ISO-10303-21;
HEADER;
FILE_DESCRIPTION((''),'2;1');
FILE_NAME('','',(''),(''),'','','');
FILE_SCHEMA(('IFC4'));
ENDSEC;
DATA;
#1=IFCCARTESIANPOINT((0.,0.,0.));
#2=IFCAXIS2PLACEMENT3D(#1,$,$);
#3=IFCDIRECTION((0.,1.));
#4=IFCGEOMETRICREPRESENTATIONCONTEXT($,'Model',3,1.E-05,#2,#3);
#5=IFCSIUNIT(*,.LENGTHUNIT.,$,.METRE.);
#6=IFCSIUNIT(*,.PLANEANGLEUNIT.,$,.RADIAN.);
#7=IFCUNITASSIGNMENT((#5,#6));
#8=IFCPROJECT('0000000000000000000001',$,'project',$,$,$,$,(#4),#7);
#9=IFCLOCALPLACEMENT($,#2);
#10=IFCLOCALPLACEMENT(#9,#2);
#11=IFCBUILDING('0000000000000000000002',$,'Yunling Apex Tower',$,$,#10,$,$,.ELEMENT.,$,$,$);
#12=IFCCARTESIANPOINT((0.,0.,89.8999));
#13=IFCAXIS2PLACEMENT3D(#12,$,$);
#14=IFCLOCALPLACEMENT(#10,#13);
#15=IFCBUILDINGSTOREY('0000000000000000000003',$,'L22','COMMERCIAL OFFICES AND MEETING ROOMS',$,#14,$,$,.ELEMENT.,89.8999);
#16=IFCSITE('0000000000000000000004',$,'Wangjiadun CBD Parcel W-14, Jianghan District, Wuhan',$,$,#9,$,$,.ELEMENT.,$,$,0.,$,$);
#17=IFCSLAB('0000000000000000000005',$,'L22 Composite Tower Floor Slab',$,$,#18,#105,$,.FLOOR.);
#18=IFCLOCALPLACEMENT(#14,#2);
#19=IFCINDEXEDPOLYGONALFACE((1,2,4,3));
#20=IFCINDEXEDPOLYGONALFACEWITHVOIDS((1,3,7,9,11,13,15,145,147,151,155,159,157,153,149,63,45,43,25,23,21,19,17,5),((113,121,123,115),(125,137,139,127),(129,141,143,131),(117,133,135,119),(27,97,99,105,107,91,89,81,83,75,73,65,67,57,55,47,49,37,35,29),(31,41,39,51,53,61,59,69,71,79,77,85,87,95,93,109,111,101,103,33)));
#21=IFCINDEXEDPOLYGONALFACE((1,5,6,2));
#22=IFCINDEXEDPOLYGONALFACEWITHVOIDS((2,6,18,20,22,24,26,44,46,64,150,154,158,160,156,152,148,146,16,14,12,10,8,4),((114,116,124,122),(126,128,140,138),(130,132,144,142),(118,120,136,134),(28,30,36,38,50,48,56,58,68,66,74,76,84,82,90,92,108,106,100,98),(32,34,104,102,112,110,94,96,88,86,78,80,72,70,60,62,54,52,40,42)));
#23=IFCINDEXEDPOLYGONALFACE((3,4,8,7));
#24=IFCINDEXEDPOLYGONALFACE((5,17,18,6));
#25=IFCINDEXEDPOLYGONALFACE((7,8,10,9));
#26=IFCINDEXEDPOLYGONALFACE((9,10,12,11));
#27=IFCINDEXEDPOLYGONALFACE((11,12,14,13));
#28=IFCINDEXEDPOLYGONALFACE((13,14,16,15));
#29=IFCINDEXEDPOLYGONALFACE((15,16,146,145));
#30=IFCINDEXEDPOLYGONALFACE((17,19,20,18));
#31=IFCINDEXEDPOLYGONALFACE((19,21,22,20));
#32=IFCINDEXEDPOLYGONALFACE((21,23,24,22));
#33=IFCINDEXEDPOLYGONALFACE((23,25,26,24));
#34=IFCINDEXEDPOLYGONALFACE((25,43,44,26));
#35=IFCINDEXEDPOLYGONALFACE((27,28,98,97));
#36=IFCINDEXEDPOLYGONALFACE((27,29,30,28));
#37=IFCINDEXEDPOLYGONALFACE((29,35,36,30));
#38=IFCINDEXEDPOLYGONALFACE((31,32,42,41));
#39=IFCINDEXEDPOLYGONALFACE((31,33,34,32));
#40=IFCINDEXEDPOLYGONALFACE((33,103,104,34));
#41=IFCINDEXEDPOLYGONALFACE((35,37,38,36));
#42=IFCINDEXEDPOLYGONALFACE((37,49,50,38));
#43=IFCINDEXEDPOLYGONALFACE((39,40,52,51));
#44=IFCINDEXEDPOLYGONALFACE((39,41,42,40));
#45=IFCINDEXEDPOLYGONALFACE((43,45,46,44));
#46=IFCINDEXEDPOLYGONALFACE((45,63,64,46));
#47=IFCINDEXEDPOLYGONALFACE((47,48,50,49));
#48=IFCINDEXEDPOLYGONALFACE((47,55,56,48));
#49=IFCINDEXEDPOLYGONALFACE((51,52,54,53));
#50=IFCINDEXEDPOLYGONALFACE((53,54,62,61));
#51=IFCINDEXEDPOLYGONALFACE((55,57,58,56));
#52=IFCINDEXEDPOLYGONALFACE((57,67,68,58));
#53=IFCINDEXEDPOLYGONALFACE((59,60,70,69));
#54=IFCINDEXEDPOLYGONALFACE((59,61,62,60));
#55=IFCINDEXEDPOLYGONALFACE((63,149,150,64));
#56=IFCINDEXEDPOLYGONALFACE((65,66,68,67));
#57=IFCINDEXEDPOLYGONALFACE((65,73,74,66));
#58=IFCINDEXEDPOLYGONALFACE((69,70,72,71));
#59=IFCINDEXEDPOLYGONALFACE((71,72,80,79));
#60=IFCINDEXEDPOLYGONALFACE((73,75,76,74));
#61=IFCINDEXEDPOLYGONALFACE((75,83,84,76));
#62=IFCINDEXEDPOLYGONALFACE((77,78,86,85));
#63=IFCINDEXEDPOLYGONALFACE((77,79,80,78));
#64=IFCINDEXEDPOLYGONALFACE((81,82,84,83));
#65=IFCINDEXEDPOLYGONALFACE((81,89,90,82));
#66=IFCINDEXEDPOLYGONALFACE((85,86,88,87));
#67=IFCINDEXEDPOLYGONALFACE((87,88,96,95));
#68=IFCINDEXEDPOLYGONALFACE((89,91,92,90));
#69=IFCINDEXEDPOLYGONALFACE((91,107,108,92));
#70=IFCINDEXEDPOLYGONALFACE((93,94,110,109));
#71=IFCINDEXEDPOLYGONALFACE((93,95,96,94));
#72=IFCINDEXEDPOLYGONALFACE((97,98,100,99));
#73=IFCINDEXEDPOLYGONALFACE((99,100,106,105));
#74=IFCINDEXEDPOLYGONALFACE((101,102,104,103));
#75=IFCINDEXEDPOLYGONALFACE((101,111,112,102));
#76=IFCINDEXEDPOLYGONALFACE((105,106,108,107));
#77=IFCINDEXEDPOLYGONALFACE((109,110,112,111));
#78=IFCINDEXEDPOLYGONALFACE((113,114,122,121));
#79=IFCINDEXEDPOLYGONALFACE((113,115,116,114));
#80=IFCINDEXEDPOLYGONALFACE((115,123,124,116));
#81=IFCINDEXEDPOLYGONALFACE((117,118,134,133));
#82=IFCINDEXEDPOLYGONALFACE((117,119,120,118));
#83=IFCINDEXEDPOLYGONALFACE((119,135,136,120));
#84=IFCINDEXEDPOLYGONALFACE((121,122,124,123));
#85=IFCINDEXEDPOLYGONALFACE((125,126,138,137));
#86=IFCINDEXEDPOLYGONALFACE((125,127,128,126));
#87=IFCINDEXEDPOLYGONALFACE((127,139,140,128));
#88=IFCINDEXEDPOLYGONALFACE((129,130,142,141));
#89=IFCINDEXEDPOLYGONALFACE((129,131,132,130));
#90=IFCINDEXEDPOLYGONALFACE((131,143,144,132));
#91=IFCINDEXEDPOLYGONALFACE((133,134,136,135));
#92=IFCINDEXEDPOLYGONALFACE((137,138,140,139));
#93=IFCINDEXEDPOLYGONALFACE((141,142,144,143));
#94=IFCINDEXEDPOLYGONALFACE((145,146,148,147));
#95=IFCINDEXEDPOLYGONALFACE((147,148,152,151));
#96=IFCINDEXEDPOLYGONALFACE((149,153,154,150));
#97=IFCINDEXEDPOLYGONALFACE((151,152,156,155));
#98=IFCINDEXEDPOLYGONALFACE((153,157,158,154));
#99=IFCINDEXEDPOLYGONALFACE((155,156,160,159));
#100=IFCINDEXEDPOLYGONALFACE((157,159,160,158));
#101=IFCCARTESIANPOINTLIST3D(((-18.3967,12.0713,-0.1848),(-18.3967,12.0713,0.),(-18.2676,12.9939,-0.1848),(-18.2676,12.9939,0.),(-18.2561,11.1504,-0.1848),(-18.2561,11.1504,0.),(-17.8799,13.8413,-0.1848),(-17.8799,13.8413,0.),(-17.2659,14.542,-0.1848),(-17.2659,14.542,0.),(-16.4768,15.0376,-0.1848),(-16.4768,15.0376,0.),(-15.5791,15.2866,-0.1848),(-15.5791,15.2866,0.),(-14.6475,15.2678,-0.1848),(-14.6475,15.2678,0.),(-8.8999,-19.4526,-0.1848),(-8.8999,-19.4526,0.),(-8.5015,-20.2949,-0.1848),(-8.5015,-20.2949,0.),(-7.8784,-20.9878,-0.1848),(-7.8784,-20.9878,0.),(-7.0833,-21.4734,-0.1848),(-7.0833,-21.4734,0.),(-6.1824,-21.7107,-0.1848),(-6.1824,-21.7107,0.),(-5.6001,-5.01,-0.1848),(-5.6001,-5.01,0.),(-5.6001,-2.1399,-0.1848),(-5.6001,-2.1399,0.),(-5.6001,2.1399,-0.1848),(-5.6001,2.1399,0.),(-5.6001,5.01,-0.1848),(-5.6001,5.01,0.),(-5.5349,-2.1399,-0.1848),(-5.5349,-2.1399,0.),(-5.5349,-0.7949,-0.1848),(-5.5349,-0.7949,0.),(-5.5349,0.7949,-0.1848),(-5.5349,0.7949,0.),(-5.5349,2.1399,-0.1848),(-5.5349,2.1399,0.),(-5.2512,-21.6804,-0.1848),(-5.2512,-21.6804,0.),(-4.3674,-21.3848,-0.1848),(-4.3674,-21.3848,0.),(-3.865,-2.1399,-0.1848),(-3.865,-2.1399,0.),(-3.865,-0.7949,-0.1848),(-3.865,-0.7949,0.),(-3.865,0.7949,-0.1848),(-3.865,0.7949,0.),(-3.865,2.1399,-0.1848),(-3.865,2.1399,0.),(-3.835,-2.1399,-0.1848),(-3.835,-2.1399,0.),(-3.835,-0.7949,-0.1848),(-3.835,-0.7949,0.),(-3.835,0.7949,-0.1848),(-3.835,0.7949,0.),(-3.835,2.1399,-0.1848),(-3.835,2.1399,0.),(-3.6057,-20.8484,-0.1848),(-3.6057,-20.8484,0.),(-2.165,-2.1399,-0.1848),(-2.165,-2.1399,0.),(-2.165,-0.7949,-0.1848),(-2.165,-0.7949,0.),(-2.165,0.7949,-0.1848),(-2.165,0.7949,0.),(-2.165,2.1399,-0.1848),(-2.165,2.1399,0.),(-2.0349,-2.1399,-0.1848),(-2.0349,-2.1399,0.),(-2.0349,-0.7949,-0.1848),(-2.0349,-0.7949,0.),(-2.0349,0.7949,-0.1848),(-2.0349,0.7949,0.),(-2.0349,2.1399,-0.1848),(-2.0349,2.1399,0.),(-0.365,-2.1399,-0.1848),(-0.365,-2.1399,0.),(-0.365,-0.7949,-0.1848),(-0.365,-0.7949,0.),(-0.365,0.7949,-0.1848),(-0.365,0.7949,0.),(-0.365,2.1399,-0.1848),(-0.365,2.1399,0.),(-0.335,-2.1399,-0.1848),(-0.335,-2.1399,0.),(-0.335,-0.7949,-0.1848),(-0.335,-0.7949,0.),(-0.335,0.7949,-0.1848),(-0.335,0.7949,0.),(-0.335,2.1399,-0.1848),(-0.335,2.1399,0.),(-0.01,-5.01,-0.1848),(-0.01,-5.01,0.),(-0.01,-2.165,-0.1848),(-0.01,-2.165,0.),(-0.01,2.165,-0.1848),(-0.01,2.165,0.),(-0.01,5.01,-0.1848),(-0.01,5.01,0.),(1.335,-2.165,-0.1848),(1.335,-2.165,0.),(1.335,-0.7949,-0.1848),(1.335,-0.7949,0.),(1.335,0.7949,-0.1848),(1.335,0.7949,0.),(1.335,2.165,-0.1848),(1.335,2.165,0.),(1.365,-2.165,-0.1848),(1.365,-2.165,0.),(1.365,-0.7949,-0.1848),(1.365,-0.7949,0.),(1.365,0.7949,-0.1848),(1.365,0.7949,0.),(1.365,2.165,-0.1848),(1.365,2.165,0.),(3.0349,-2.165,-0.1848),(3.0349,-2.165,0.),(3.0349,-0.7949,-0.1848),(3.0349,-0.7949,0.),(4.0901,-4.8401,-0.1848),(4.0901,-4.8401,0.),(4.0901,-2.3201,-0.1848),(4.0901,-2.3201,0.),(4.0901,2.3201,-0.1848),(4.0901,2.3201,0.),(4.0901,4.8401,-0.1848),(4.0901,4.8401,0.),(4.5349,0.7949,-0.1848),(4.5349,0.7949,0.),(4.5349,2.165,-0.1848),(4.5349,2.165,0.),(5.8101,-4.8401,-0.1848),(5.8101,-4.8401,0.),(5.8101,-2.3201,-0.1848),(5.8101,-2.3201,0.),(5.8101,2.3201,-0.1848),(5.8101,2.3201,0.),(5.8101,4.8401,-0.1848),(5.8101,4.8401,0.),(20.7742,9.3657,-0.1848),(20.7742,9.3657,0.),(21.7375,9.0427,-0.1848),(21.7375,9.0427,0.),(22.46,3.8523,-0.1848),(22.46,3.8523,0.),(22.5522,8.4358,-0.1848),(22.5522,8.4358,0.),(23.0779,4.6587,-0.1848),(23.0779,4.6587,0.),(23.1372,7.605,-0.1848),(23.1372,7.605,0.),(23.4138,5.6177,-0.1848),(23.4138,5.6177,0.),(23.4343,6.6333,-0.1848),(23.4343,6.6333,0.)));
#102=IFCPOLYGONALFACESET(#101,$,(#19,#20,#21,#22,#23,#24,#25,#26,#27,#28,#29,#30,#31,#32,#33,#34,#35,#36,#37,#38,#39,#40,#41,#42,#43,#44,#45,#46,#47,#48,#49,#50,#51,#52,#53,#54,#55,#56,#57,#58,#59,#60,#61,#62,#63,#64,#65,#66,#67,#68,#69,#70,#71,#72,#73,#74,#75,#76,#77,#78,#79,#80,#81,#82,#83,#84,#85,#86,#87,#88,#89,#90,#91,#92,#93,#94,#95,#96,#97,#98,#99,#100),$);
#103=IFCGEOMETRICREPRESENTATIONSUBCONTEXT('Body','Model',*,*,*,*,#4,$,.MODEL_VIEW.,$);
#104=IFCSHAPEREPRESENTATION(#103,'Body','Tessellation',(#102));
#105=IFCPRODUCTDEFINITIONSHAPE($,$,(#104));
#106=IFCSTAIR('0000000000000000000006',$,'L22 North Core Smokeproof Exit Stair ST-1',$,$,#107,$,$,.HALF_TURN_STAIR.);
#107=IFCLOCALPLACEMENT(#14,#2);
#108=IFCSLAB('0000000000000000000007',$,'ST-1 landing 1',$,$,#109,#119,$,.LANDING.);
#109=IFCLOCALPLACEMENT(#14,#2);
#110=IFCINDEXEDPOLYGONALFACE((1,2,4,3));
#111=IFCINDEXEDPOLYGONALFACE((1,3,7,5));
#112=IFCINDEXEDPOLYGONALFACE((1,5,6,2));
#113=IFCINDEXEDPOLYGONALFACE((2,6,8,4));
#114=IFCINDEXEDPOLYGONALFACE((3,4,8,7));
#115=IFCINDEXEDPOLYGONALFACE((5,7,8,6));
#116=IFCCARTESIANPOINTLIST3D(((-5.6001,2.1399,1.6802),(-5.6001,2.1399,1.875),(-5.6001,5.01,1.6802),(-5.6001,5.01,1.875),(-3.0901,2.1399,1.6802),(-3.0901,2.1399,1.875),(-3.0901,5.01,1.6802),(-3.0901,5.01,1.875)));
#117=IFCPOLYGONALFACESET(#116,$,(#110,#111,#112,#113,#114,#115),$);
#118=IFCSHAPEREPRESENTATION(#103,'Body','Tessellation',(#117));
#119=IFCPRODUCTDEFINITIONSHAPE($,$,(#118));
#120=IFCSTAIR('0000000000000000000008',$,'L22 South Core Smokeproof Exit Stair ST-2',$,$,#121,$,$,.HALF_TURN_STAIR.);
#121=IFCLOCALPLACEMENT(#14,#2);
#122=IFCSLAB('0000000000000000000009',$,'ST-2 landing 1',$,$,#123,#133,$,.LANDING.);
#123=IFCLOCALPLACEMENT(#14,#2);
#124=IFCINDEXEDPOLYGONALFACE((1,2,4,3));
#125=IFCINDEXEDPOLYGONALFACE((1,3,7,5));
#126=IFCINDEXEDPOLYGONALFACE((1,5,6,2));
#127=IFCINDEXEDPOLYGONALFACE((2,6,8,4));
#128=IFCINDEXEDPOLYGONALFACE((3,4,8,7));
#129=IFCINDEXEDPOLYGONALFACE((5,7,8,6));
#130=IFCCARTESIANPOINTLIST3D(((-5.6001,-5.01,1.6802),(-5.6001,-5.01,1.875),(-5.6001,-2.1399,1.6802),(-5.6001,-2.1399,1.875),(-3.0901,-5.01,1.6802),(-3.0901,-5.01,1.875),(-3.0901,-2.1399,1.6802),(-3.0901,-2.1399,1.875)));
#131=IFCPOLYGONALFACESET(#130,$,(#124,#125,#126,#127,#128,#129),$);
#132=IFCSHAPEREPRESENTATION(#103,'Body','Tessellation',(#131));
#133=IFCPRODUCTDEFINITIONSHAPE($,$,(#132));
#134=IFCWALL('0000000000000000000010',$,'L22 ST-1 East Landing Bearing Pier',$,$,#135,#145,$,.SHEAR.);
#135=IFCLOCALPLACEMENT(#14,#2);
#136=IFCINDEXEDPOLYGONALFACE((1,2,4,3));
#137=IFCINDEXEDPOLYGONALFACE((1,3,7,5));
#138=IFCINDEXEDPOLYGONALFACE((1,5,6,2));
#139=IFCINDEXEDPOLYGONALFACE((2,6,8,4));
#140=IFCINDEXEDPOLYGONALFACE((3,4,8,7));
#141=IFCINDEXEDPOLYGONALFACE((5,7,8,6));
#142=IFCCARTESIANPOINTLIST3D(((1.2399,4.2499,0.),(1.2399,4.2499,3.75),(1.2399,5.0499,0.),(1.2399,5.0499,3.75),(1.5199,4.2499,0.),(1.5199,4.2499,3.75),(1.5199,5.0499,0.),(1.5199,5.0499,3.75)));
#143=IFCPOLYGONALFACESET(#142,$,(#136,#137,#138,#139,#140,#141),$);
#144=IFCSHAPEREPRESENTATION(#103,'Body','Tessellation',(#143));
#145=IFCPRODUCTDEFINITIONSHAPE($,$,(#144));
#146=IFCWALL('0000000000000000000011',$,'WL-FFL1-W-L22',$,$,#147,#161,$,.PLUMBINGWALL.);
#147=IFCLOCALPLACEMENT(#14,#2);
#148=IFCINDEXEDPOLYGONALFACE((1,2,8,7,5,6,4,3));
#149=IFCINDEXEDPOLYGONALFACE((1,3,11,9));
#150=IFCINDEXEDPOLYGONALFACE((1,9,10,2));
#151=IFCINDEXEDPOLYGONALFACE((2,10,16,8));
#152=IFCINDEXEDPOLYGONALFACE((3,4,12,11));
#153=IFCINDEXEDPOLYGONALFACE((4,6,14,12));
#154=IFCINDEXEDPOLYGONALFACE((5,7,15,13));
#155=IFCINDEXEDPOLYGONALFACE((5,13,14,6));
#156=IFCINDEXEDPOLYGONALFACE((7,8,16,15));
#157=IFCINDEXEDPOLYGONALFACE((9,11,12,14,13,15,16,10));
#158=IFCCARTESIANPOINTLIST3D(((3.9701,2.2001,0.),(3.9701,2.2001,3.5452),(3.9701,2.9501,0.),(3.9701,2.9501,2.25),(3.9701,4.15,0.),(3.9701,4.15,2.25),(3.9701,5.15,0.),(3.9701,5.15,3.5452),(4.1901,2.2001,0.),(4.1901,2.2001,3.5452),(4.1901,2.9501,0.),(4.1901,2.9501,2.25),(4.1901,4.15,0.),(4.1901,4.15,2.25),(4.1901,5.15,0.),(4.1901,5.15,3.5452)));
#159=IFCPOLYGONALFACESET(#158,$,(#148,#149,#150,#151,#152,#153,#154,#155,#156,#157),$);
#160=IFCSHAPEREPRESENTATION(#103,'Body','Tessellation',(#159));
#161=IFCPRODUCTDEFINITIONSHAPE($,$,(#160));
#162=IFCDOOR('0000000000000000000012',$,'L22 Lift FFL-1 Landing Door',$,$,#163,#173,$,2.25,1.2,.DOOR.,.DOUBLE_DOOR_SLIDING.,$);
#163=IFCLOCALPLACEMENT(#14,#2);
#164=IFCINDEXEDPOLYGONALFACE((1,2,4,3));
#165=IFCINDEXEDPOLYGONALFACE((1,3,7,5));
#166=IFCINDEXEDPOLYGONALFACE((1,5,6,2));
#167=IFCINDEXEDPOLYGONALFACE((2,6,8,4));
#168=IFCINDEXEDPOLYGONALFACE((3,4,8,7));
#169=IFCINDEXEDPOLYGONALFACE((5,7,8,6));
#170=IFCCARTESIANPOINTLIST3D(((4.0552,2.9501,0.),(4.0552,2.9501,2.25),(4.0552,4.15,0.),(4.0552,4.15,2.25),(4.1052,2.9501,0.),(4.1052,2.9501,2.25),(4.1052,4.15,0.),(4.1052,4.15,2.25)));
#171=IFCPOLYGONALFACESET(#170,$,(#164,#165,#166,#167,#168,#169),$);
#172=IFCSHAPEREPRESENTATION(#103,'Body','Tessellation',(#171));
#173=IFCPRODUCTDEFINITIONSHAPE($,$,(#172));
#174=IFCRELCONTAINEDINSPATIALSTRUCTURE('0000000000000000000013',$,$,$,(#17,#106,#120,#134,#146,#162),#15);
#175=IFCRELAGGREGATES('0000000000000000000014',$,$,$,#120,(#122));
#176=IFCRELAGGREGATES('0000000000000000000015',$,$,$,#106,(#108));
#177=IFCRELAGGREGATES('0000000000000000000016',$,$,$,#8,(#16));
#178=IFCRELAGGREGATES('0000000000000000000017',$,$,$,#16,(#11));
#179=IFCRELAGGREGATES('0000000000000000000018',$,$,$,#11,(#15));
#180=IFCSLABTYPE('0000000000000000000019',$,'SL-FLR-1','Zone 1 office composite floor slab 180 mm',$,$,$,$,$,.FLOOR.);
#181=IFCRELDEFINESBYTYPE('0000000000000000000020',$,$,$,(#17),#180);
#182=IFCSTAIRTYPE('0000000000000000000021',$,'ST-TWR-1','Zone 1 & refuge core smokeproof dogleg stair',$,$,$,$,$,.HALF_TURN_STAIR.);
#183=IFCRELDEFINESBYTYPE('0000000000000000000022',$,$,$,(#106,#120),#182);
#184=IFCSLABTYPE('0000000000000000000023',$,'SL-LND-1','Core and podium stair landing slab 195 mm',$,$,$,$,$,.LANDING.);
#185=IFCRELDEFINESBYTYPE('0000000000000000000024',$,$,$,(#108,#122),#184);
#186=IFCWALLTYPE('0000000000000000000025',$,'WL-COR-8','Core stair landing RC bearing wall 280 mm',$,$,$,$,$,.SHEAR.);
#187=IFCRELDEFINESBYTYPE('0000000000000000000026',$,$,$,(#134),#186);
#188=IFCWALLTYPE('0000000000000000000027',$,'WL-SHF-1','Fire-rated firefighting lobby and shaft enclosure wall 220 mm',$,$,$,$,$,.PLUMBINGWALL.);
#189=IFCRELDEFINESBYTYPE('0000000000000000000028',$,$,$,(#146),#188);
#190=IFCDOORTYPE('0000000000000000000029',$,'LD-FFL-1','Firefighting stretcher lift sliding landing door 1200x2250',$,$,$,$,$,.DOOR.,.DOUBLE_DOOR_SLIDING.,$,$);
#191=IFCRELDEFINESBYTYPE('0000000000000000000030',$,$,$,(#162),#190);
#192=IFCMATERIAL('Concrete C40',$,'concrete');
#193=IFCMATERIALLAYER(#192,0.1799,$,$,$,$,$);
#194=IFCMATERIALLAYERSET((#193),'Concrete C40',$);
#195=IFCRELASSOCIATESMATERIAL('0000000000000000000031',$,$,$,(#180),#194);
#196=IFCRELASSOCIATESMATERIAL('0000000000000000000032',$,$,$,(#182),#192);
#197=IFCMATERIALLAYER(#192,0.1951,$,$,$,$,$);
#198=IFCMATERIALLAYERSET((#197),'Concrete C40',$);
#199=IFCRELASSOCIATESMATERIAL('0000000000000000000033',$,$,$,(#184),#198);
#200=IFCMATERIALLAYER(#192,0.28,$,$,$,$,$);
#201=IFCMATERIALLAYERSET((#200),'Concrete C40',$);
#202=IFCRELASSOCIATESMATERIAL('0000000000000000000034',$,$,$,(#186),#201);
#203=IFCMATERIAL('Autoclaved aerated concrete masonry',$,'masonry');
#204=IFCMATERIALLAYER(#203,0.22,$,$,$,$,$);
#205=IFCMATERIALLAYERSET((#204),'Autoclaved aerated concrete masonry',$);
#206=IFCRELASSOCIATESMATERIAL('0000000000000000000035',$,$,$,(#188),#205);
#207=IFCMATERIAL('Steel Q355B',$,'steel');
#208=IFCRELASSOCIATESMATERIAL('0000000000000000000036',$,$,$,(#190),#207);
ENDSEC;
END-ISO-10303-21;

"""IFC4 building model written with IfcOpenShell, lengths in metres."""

from ifc_helpers import new_model, si_unit, direction, frame, frame_2d, origin, place, context, subcontext, project, spatial, polyline, rectangle, outline, extrude, material, layer, layer_set, type_object, element, fill, aggregate, save


model = new_model("IFC4")

# Units and contexts
model_context = context("Model", 3, precision=1e-05, world=origin(), true_north=direction((0.0, 1.0)))
body_context = subcontext(model_context, "Body", "Model", "MODEL_VIEW")
ifc_project = project(units=[si_unit("LENGTHUNIT", "METRE"), si_unit("PLANEANGLEUNIT", "RADIAN")], contexts=[model_context])

# Site, building, storey
site_placement = place(None, origin())
site = spatial("IfcSite", under=ifc_project, at=site_placement, Name="Wangjiadun CBD Parcel W-14, Jianghan District, Wuhan", CompositionType="ELEMENT", RefElevation=0.0)
building_placement = place(site_placement, origin())
building = spatial("IfcBuilding", under=site, at=building_placement, Name="Yunling Apex Tower", CompositionType="ELEMENT")
storey_placement = place(building_placement, frame((0.0, 0.0, 89.8999)))
storey = spatial("IfcBuildingStorey", under=building, at=storey_placement, Name="L22", Description="COMMERCIAL OFFICES AND MEETING ROOMS", CompositionType="ELEMENT", Elevation=89.8999)

# Slab
ifc_material_1 = material(Name="Concrete C40", Category="concrete")
ifc_layer_1 = layer(ifc_material_1, 0.1799)
ifc_layer_set_1 = layer_set([ifc_layer_1], Name="Concrete C40")
slab_type_1 = type_object("IfcSlabType", Name="SL-FLR-1", Description="Zone 1 office composite floor slab 180 mm", PredefinedType="FLOOR", material=ifc_layer_set_1)
slab_1_placement = place(storey_placement, frame((0.0, 0.0, -0.1848)))
element("IfcSlab", 1, at=slab_1_placement, inside=storey, type_object=slab_type_1, Name="L22 Composite Tower Floor Slab", PredefinedType="FLOOR", context=body_context, shape_type="SweptSolid", body=[
    extrude(outline(polyline([(-8.8999, -19.4526), (-8.5015, -20.2949), (-7.8784, -20.9878), (-7.0833, -21.4734), (-6.1824, -21.7107), (-5.2512, -21.6804), (-4.3674, -21.3848), (-3.6057, -20.8484), (22.46, 3.8523), (23.0779, 4.6587), (23.4138, 5.6177), (23.4343, 6.6333), (23.1372, 7.605), (22.5522, 8.4358), (21.7375, 9.0427), (20.7742, 9.3657), (-14.6475, 15.2678), (-15.5791, 15.2866), (-16.4768, 15.0376), (-17.2659, 14.542), (-17.8799, 13.8413), (-18.2676, 12.9939), (-18.3967, 12.0713), (-18.2561, 11.1504), (-8.8999, -19.4526)]), holes=[polyline([(5.8101, -2.3201), (5.8101, -4.8401), (4.0901, -4.8401), (4.0901, -2.3201), (5.8101, -2.3201)]), polyline([(5.8101, 4.8401), (5.8101, 2.3201), (4.0901, 2.3201), (4.0901, 4.8401), (5.8101, 4.8401)]), polyline([(1.365, 2.165), (4.5349, 2.165), (4.5349, 0.7949), (1.365, 0.7949), (1.365, 2.165)]), polyline([(3.0349, -0.7949), (3.0349, -2.165), (1.365, -2.165), (1.365, -0.7949), (3.0349, -0.7949)]), polyline([(-5.5349, -0.7949), (-3.865, -0.7949), (-3.865, -2.1399), (-3.835, -2.1399), (-3.835, -0.7949), (-2.165, -0.7949), (-2.165, -2.1399), (-2.0349, -2.1399), (-2.0349, -0.7949), (-0.365, -0.7949), (-0.365, -2.1399), (-0.335, -2.1399), (-0.335, -0.7949), (1.335, -0.7949), (1.335, -2.165), (-0.01, -2.165), (-0.01, -5.01), (-5.6001, -5.01), (-5.6001, -2.1399), (-5.5349, -2.1399), (-5.5349, -0.7949)]), polyline([(-5.6001, 2.1399), (-5.6001, 5.01), (-0.01, 5.01), (-0.01, 2.165), (1.335, 2.165), (1.335, 0.7949), (-0.335, 0.7949), (-0.335, 2.1399), (-0.365, 2.1399), (-0.365, 0.7949), (-2.0349, 0.7949), (-2.0349, 2.1399), (-2.165, 2.1399), (-2.165, 0.7949), (-3.835, 0.7949), (-3.835, 2.1399), (-3.865, 2.1399), (-3.865, 0.7949), (-5.5349, 0.7949), (-5.5349, 2.1399), (-5.6001, 2.1399)])]), origin(), (0.0, 0.0, 1.0), 0.1848),
])

# Stairs, slabs
stair_type = type_object("IfcStairType", Name="ST-TWR-1", Description="Zone 1 & refuge core smokeproof dogleg stair", PredefinedType="HALF_TURN_STAIR", material=ifc_material_1)
stair_1_placement = place(storey_placement, origin())
stair_1 = element("IfcStair", 2, at=stair_1_placement, inside=storey, type_object=stair_type, Name="L22 North Core Smokeproof Exit Stair ST-1", PredefinedType="HALF_TURN_STAIR")
ifc_layer_2 = layer(ifc_material_1, 0.1951)
ifc_layer_set_2 = layer_set([ifc_layer_2], Name="Concrete C40")
slab_type_2 = type_object("IfcSlabType", Name="SL-LND-1", Description="Core and podium stair landing slab 195 mm", PredefinedType="LANDING", material=ifc_layer_set_2)
slab_2_placement = place(storey_placement, frame((0.0, 0.0, 1.6802)))
slab_2 = element("IfcSlab", 3, at=slab_2_placement, type_object=slab_type_2, Name="ST-1 landing 1", PredefinedType="LANDING", context=body_context, shape_type="SweptSolid", body=[
    extrude(outline(polyline([(-3.0901, 5.01), (-5.6001, 5.01), (-5.6001, 2.1399), (-3.0901, 2.1399), (-3.0901, 5.01)])), origin(), (0.0, 0.0, 1.0), 0.1948),
])
stair_2_placement = place(storey_placement, origin())
stair_2 = element("IfcStair", 4, at=stair_2_placement, inside=storey, type_object=stair_type, Name="L22 South Core Smokeproof Exit Stair ST-2", PredefinedType="HALF_TURN_STAIR")
slab_3_placement = place(storey_placement, frame((0.0, 0.0, 1.6802)))
slab_3 = element("IfcSlab", 5, at=slab_3_placement, type_object=slab_type_2, Name="ST-2 landing 1", PredefinedType="LANDING", context=body_context, shape_type="SweptSolid", body=[
    extrude(outline(polyline([(-3.0901, -2.1399), (-5.6001, -2.1399), (-5.6001, -5.01), (-3.0901, -5.01), (-3.0901, -2.1399)])), origin(), (0.0, 0.0, 1.0), 0.1948),
])
aggregate(stair_2, [slab_3])

# Wall
ifc_layer_3 = layer(ifc_material_1, 0.28)
ifc_layer_set_3 = layer_set([ifc_layer_3], Name="Concrete C40")
wall_type_1 = type_object("IfcWallType", Name="WL-COR-8", Description="Core stair landing RC bearing wall 280 mm", PredefinedType="SHEAR", material=ifc_layer_set_3)
wall_1_placement = place(storey_placement, frame((1.3799, 4.25, 0.0), z_axis=(0.0, 0.0, 1.0), x_axis=(0.0, 1.0, 0.0)))
element("IfcWall", 6, at=wall_1_placement, inside=storey, type_object=wall_type_1, Name="L22 ST-1 East Landing Bearing Pier", PredefinedType="SHEAR", context=body_context, shape_type="SweptSolid", body=[
    extrude(rectangle(XDim=0.8, YDim=0.28, at=frame_2d((0.3999, 0.0))), origin(), (0.0, 0.0, 1.0), 3.75),
])

# Wall, opening, door
ifc_material_2 = material(Name="Autoclaved aerated concrete masonry", Category="masonry")
ifc_layer_4 = layer(ifc_material_2, 0.22)
ifc_layer_set_4 = layer_set([ifc_layer_4], Name="Autoclaved aerated concrete masonry")
wall_type_2 = type_object("IfcWallType", Name="WL-SHF-1", Description="Fire-rated firefighting lobby and shaft enclosure wall 220 mm", PredefinedType="PLUMBINGWALL", material=ifc_layer_set_4)
ifc_material_3 = material(Name="Steel Q355B", Category="steel")
wall_2_placement = place(storey_placement, frame((4.0801, 2.2, 0.0), z_axis=(0.0, 0.0, 1.0), x_axis=(0.0, 1.0, 0.0)))
wall_2 = element("IfcWall", 7, at=wall_2_placement, inside=storey, type_object=wall_type_2, Name="WL-FFL1-W-L22", PredefinedType="PLUMBINGWALL", context=body_context, shape_type="SweptSolid", body=[
    extrude(rectangle(XDim=2.95, YDim=0.22, at=frame_2d((1.4751, 0.0))), origin(), (0.0, 0.0, 1.0), 3.5452),
])
opening_1_placement = place(wall_2_placement, frame((0.75, 0.0, 0.0)))
opening_1 = element("IfcOpeningElement", 8, at=opening_1_placement, cuts=wall_2, PredefinedType="OPENING", context=body_context, shape_type="SweptSolid", body=[
    extrude(rectangle(XDim=1.2, YDim=2.25, at=frame_2d((0.6001, 1.125))), frame((0.0, 0.1201, 0.0), z_axis=(0.0, -1.0, 0.0), x_axis=(1.0, 0.0, 0.0)), (0.0, 0.0, 1.0), 0.24),
])
door_type_1 = type_object("IfcDoorType", Name="LD-FFL-1", Description="Firefighting stretcher lift sliding landing door 1200x2250", OperationType="DOUBLE_DOOR_SLIDING", PredefinedType="DOOR", material=ifc_material_3)
door_1_placement = place(opening_1_placement, origin())
door_1 = element("IfcDoor", 9, at=door_1_placement, inside=storey, type_object=door_type_1, Name="L22 Lift FFL-1 Landing Door", OperationType="DOUBLE_DOOR_SLIDING", OverallHeight=2.25, OverallWidth=1.2, PredefinedType="DOOR", context=body_context, shape_type="SweptSolid", body=[
    extrude(rectangle(XDim=1.2, YDim=2.25, at=frame_2d((0.6001, 1.125))), frame((0.0, 0.0249, 0.0), z_axis=(0.0, -1.0, 0.0), x_axis=(1.0, 0.0, 0.0)), (0.0, 0.0, 1.0), 0.05),
])
fill(opening_1, door_1)

aggregate(stair_1, [slab_2])

save(model, "model.ifc")
